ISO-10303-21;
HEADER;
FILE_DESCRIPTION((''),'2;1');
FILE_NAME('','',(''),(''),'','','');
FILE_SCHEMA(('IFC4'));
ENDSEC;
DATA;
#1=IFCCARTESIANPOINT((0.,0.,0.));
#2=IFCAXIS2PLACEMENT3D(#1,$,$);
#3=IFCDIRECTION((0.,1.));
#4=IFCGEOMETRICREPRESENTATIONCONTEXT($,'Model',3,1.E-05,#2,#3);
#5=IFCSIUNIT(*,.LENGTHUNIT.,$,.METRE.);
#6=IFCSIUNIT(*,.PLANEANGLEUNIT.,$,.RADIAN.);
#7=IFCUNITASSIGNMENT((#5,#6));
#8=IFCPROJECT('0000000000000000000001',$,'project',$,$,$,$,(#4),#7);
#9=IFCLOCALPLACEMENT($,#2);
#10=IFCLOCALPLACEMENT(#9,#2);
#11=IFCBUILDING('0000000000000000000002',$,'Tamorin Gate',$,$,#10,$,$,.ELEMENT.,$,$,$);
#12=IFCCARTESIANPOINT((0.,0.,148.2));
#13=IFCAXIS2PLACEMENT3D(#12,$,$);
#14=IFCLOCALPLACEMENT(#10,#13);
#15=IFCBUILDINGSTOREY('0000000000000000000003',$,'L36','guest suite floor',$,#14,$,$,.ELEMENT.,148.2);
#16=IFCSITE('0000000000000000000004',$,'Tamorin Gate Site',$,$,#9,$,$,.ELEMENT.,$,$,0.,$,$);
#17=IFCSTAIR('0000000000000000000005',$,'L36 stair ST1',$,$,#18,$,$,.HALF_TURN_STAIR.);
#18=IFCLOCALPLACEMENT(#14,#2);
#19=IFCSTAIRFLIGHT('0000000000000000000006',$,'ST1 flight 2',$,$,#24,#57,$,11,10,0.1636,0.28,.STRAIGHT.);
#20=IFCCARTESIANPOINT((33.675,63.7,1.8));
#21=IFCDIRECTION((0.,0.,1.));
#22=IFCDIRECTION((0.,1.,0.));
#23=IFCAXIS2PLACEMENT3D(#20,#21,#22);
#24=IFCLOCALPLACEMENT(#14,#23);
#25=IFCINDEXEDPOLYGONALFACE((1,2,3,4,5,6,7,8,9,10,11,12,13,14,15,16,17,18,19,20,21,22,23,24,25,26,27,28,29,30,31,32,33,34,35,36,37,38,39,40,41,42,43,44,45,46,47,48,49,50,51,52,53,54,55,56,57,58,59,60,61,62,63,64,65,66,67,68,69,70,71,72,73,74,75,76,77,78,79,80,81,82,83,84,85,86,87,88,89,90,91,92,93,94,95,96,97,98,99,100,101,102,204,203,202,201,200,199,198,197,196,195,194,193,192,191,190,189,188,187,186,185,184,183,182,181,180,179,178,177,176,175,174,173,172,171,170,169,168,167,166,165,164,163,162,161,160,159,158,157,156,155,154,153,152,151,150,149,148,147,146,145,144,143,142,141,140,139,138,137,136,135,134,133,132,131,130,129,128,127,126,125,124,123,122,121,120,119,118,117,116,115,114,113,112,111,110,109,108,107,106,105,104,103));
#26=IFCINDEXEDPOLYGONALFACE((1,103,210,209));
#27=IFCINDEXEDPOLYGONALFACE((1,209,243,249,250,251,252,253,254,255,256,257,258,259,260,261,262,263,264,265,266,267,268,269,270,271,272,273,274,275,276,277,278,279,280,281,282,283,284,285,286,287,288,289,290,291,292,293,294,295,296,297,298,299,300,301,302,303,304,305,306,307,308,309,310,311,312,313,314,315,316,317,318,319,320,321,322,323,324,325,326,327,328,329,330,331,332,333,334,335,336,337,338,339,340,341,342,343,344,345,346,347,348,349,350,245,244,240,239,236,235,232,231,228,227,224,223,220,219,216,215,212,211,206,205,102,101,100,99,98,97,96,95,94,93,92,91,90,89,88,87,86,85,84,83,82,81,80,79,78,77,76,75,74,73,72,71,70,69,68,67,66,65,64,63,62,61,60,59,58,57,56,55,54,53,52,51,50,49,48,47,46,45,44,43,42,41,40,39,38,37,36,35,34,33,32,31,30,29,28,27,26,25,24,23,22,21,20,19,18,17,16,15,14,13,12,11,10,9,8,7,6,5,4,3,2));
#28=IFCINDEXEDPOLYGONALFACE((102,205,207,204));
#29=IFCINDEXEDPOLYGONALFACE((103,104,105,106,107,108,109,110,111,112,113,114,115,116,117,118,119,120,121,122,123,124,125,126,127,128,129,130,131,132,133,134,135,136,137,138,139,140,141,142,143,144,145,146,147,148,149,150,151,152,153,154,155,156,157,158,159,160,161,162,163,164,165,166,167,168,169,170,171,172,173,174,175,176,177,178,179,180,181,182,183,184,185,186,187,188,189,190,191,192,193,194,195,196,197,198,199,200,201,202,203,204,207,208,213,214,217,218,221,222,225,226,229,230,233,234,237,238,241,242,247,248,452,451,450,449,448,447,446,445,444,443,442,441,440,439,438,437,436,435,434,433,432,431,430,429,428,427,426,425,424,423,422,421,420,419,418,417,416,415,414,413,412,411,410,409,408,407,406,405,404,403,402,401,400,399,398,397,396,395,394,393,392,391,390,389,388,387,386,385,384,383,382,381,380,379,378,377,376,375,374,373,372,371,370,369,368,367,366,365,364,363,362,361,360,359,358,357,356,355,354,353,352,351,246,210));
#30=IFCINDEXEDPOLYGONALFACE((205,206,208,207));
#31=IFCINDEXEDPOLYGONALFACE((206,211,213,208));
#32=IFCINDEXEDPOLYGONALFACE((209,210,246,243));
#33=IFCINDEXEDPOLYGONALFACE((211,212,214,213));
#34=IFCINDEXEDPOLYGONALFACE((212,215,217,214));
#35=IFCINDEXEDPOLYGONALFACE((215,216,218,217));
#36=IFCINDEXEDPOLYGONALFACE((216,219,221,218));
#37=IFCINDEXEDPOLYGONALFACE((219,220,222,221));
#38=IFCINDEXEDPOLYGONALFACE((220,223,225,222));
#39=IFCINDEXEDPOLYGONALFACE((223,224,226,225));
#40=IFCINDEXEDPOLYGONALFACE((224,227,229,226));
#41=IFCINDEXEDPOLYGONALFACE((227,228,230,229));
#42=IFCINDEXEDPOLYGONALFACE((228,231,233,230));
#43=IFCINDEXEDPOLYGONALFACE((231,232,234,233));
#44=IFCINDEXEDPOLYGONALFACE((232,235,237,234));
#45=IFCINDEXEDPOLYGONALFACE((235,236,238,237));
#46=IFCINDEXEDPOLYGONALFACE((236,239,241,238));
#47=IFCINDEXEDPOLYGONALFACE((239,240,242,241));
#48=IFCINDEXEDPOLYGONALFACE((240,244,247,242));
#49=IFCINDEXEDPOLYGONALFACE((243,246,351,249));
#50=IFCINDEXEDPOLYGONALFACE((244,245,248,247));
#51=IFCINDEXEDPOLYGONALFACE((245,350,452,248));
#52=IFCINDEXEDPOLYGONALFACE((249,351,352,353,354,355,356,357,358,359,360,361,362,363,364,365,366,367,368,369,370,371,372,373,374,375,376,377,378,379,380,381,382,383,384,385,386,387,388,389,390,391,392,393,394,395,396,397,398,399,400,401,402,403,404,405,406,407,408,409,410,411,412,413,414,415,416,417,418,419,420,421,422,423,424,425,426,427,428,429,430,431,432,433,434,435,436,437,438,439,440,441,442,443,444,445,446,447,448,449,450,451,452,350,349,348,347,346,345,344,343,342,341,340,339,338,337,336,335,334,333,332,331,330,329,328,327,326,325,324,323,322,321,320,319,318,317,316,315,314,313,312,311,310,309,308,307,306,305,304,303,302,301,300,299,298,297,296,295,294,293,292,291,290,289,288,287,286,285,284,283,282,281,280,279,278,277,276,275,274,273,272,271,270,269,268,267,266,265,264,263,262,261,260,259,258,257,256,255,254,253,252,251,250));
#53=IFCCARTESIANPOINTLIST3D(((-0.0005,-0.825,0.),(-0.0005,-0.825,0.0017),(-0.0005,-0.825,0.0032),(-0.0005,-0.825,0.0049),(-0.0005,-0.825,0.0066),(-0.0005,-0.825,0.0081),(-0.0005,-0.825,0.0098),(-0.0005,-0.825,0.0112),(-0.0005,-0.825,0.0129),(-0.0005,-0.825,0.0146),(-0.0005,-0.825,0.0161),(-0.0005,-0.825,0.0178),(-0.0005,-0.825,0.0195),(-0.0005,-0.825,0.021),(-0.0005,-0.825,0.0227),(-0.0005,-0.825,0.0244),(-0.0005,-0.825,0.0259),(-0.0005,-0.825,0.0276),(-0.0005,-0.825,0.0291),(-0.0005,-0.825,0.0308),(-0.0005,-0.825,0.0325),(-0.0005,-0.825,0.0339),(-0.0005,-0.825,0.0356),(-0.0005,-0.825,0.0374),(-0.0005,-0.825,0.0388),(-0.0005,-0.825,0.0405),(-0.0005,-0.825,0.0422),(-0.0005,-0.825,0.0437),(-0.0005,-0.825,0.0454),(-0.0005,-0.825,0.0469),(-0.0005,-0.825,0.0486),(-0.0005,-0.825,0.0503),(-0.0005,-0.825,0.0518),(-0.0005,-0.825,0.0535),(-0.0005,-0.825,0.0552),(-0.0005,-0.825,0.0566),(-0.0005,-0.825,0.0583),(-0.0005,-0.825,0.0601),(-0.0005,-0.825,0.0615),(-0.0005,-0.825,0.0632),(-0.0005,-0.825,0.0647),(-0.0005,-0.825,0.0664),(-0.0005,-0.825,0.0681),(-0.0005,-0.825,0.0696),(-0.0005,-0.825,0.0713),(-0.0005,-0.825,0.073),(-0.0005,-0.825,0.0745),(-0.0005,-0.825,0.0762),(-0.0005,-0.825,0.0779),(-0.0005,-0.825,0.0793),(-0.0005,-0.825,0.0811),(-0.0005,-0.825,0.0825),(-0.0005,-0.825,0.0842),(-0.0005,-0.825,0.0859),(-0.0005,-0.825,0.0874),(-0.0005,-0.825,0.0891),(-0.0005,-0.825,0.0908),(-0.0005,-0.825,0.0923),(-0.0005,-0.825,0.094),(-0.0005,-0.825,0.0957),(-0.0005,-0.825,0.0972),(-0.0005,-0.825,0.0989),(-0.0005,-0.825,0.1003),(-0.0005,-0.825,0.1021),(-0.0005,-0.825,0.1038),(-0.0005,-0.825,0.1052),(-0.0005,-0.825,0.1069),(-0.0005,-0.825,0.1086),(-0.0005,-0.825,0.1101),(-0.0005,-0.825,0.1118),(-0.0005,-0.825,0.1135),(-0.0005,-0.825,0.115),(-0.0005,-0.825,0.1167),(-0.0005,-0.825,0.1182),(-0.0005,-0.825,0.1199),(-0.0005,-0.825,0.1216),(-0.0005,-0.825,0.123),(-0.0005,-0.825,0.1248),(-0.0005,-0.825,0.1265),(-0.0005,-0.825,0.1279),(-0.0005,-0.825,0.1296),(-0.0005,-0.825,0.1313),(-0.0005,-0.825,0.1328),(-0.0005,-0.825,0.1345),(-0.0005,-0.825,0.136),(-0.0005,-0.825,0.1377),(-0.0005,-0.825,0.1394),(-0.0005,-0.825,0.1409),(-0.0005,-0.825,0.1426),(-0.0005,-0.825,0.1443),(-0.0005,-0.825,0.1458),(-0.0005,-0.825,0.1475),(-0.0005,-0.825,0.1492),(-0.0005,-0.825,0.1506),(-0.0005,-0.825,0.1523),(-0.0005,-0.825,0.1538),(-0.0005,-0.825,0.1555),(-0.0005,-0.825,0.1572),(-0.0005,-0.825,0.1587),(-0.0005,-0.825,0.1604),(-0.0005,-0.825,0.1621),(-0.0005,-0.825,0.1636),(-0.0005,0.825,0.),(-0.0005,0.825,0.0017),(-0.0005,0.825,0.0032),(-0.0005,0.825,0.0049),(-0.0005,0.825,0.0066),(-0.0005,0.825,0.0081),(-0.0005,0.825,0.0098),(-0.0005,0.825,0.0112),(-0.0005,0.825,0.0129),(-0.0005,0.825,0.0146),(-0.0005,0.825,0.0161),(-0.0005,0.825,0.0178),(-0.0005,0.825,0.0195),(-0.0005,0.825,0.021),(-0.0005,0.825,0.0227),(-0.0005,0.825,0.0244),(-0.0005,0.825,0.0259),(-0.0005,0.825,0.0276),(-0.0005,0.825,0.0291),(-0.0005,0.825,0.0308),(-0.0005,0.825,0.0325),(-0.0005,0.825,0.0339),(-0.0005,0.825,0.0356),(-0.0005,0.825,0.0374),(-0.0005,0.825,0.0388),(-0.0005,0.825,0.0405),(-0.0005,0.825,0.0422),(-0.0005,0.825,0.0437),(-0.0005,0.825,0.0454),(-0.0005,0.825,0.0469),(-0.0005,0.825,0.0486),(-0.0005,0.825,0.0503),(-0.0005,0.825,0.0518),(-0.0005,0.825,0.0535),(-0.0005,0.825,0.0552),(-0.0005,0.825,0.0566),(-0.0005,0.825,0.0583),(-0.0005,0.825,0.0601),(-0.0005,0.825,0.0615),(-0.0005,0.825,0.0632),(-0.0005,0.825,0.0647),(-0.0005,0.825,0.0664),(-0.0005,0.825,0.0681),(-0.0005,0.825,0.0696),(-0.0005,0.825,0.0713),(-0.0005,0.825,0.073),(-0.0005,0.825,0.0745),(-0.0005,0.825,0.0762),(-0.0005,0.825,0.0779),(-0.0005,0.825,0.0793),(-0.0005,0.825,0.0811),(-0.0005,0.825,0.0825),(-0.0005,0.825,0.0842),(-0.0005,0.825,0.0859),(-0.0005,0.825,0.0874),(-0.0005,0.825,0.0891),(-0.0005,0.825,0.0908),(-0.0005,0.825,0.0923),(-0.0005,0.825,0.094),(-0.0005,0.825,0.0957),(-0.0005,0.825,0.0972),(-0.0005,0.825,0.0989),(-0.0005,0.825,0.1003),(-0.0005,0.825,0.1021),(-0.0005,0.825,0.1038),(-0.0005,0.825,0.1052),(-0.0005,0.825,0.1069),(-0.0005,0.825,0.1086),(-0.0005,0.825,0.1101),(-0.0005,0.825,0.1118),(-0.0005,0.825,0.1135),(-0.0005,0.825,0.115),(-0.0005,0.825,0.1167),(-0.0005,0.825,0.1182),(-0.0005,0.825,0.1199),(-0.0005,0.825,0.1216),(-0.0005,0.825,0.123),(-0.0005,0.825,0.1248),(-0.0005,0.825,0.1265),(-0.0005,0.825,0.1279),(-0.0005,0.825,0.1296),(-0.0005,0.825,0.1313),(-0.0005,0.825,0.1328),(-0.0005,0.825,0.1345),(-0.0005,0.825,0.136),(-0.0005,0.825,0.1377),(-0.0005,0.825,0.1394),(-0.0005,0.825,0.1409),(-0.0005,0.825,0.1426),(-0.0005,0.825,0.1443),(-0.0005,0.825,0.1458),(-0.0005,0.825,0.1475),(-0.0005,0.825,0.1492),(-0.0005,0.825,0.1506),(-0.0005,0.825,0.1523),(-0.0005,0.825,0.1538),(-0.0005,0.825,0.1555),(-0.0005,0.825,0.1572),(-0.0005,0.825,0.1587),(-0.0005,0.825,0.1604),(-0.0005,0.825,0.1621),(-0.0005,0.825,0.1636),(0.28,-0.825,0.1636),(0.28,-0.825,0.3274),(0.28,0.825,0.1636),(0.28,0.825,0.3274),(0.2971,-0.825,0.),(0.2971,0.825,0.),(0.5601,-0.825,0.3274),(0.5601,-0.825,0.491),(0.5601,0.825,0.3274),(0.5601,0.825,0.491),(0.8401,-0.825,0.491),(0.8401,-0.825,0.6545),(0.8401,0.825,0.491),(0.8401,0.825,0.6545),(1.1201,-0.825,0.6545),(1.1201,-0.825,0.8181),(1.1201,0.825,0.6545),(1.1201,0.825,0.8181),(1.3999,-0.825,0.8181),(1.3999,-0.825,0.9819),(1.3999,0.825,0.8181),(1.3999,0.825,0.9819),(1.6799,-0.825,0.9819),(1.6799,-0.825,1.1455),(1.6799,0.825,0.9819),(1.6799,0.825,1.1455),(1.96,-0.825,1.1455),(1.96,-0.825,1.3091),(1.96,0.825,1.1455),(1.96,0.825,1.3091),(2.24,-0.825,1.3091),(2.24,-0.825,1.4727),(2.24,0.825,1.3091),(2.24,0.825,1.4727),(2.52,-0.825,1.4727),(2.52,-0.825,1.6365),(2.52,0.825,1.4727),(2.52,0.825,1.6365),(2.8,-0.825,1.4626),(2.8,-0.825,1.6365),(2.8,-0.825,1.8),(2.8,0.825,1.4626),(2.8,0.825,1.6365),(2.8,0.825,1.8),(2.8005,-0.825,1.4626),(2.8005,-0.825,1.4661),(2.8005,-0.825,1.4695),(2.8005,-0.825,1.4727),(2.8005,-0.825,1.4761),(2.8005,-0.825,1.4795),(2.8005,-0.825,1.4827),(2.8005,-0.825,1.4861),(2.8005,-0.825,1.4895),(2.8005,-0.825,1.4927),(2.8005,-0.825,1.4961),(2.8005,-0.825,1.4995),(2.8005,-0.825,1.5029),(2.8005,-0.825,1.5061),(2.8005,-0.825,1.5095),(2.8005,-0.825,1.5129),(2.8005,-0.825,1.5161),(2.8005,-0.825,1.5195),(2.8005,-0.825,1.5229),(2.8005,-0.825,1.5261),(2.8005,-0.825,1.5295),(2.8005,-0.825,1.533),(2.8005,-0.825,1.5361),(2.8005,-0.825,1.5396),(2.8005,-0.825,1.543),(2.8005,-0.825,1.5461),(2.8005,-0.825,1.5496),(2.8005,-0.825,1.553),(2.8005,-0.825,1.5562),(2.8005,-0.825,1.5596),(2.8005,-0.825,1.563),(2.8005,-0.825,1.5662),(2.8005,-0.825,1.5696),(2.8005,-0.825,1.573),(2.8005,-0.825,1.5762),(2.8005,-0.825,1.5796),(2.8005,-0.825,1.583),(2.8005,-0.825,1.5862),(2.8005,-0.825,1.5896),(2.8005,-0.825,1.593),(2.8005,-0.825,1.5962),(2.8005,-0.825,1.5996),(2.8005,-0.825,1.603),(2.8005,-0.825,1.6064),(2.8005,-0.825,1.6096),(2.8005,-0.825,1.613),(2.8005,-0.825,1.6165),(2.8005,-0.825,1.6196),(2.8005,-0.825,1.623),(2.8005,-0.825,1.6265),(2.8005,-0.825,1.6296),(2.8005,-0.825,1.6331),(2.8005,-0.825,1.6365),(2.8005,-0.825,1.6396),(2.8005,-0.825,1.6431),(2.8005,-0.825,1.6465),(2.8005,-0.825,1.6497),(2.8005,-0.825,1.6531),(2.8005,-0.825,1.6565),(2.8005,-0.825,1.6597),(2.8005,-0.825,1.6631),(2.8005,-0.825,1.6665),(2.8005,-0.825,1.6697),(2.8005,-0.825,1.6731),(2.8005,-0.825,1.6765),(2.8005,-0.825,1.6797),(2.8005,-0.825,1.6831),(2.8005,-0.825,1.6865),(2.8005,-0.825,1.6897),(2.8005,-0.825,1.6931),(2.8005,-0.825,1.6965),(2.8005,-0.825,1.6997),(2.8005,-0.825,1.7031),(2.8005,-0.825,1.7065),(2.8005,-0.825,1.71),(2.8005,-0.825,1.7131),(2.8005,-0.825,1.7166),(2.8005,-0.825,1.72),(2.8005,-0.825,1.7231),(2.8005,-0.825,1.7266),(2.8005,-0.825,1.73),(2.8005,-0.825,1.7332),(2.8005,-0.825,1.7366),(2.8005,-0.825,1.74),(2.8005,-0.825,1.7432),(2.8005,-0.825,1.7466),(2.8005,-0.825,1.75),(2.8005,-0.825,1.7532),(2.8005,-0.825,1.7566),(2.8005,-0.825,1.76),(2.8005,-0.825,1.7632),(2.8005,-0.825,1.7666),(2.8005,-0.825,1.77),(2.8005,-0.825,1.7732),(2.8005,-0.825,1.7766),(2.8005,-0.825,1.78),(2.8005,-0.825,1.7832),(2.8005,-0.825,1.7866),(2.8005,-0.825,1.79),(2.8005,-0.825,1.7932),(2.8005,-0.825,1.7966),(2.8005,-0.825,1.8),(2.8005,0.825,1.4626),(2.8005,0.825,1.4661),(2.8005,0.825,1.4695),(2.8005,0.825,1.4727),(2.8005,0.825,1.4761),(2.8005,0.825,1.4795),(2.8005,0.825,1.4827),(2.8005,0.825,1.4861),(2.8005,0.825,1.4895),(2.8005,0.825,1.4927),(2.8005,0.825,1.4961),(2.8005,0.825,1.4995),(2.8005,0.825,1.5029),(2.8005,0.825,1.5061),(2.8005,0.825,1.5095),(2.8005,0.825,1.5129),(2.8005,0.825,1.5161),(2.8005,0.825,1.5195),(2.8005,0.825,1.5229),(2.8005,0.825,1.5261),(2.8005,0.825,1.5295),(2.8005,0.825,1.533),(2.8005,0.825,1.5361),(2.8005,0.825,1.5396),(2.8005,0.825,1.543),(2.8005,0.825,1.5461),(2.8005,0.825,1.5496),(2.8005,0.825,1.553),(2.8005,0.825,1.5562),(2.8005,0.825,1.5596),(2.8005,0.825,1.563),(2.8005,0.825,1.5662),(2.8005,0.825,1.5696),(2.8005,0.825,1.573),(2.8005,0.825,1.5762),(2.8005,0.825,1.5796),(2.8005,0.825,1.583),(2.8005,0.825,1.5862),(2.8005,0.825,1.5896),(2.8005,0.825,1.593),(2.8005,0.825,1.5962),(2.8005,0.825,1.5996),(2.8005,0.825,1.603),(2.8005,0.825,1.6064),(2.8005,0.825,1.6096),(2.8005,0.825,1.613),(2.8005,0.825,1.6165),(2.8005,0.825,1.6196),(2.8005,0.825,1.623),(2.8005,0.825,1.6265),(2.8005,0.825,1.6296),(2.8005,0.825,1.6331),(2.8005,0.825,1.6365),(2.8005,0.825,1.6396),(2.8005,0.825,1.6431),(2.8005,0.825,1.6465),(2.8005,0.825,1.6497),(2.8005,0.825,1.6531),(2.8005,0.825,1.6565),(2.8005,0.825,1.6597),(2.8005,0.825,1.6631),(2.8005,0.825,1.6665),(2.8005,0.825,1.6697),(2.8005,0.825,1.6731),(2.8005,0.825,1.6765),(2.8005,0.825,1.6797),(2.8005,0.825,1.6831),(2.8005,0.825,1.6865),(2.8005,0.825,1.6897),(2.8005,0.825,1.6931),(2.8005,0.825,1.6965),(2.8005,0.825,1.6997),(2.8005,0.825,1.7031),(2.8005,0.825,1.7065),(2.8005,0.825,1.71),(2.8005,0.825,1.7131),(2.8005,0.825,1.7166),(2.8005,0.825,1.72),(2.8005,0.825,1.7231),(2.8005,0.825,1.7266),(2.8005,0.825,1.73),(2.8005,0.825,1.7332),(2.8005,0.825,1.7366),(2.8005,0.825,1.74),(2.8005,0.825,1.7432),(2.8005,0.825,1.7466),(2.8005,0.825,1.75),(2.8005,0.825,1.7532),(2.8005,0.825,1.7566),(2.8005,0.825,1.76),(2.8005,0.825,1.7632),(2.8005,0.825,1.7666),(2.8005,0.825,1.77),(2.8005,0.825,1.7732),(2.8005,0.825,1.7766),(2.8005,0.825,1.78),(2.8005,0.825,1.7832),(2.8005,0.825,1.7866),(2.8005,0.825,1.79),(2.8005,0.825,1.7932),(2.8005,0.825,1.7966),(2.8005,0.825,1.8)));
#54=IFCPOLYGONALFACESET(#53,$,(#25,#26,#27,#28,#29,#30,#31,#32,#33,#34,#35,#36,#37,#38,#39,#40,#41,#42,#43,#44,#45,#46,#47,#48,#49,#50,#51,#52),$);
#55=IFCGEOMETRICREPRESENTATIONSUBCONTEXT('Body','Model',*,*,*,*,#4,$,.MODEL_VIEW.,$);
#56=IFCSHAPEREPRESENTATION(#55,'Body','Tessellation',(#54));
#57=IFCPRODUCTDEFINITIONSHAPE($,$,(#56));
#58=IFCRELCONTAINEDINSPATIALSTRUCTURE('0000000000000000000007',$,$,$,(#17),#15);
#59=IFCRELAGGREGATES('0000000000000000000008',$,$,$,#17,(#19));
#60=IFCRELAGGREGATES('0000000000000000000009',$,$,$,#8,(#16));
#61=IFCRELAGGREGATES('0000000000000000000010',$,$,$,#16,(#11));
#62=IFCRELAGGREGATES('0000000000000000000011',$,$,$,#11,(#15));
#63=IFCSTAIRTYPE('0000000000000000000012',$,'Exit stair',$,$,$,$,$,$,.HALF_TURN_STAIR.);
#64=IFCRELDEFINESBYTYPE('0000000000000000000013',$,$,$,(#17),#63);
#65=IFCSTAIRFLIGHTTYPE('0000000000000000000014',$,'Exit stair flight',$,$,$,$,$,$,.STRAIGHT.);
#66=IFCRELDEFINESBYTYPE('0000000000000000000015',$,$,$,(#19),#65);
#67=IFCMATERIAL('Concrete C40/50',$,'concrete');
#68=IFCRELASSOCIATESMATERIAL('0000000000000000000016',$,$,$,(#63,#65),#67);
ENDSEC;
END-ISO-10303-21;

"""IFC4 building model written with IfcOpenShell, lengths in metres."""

from ifc_helpers import new_model, si_unit, direction, frame, origin, place, context, subcontext, project, spatial, polyline, outline, extrude, material, type_object, element, aggregate, save


model = new_model("IFC4")

# Units and contexts
model_context = context("Model", 3, precision=1e-05, world=origin(), true_north=direction((0.0, 1.0)))
body_context = subcontext(model_context, "Body", "Model", "MODEL_VIEW")
ifc_project = project(units=[si_unit("LENGTHUNIT", "METRE"), si_unit("PLANEANGLEUNIT", "RADIAN")], contexts=[model_context])

# Site, building, storey
site_placement = place(None, origin())
site = spatial("IfcSite", under=ifc_project, at=site_placement, Name="Tamorin Gate Site", CompositionType="ELEMENT", RefElevation=0.0)
building_placement = place(site_placement, origin())
building = spatial("IfcBuilding", under=site, at=building_placement, Name="Tamorin Gate", CompositionType="ELEMENT")
storey_placement = place(building_placement, frame((0.0, 0.0, 148.2)))
storey = spatial("IfcBuildingStorey", under=building, at=storey_placement, Name="L36", Description="guest suite floor", CompositionType="ELEMENT", Elevation=148.2)

# Shared definitions
ifc_material_1 = material(Name="Concrete C40/50", Category="concrete")

# Stair, stair flight
stair_type = type_object("IfcStairType", Name="Exit stair", PredefinedType="HALF_TURN_STAIR", material=ifc_material_1)
stair_1_placement = place(storey_placement, origin())
stair_1 = element("IfcStair", 1, at=stair_1_placement, inside=storey, type_object=stair_type, Name="L36 stair ST1", PredefinedType="HALF_TURN_STAIR")
stair_flight_type = type_object("IfcStairFlightType", Name="Exit stair flight", PredefinedType="STRAIGHT", material=ifc_material_1)
stair_flight_1_placement = place(storey_placement, frame((33.675, 63.7, 1.8), z_axis=(0.0, 0.0, 1.0), x_axis=(0.0, 1.0, 0.0)))
stair_flight_1 = element("IfcStairFlight", 2, at=stair_flight_1_placement, type_object=stair_flight_type, Name="ST1 flight 2", NumberOfRisers=11, NumberOfTreads=10, PredefinedType="STRAIGHT", RiserHeight=0.1636, TreadLength=0.28, context=body_context, shape_type="SweptSolid", body=[
    extrude(outline(polyline([(-0.0005, 0.0), (-0.0005, 0.0017), (-0.0005, 0.0032), (-0.0005, 0.0049), (-0.0005, 0.0066), (-0.0005, 0.0081), (-0.0005, 0.0098), (-0.0005, 0.0112), (-0.0005, 0.0129), (-0.0005, 0.0146), (-0.0005, 0.0161), (-0.0005, 0.0178), (-0.0005, 0.0195), (-0.0005, 0.021), (-0.0005, 0.0227), (-0.0005, 0.0244), (-0.0005, 0.0259), (-0.0005, 0.0276), (-0.0005, 0.0291), (-0.0005, 0.0308), (-0.0005, 0.0325), (-0.0005, 0.0339), (-0.0005, 0.0356), (-0.0005, 0.0374), (-0.0005, 0.0388), (-0.0005, 0.0405), (-0.0005, 0.0422), (-0.0005, 0.0437), (-0.0005, 0.0454), (-0.0005, 0.0469), (-0.0005, 0.0486), (-0.0005, 0.0503), (-0.0005, 0.0518), (-0.0005, 0.0535), (-0.0005, 0.0552), (-0.0005, 0.0566), (-0.0005, 0.0583), (-0.0005, 0.0601), (-0.0005, 0.0615), (-0.0005, 0.0632), (-0.0005, 0.0647), (-0.0005, 0.0664), (-0.0005, 0.0681), (-0.0005, 0.0696), (-0.0005, 0.0713), (-0.0005, 0.073), (-0.0005, 0.0745), (-0.0005, 0.0762), (-0.0005, 0.0779), (-0.0005, 0.0793), (-0.0005, 0.0811), (-0.0005, 0.0825), (-0.0005, 0.0842), (-0.0005, 0.0859), (-0.0005, 0.0874), (-0.0005, 0.0891), (-0.0005, 0.0908), (-0.0005, 0.0923), (-0.0005, 0.094), (-0.0005, 0.0957), (-0.0005, 0.0972), (-0.0005, 0.0989), (-0.0005, 0.1003), (-0.0005, 0.1021), (-0.0005, 0.1038), (-0.0005, 0.1052), (-0.0005, 0.1069), (-0.0005, 0.1086), (-0.0005, 0.1101), (-0.0005, 0.1118), (-0.0005, 0.1135), (-0.0005, 0.115), (-0.0005, 0.1167), (-0.0005, 0.1182), (-0.0005, 0.1199), (-0.0005, 0.1216), (-0.0005, 0.123), (-0.0005, 0.1248), (-0.0005, 0.1265), (-0.0005, 0.1279), (-0.0005, 0.1296), (-0.0005, 0.1313), (-0.0005, 0.1328), (-0.0005, 0.1345), (-0.0005, 0.136), (-0.0005, 0.1377), (-0.0005, 0.1394), (-0.0005, 0.1409), (-0.0005, 0.1426), (-0.0005, 0.1443), (-0.0005, 0.1458), (-0.0005, 0.1475), (-0.0005, 0.1492), (-0.0005, 0.1506), (-0.0005, 0.1523), (-0.0005, 0.1538), (-0.0005, 0.1555), (-0.0005, 0.1572), (-0.0005, 0.1587), (-0.0005, 0.1604), (-0.0005, 0.1621), (-0.0005, 0.1636), (0.28, 0.1636), (0.28, 0.3274), (0.5601, 0.3274), (0.5601, 0.491), (0.8401, 0.491), (0.8401, 0.6545), (1.1201, 0.6545), (1.1201, 0.8181), (1.3999, 0.8181), (1.3999, 0.9819), (1.6799, 0.9819), (1.6799, 1.1455), (1.96, 1.1455), (1.96, 1.3091), (2.24, 1.3091), (2.24, 1.4727), (2.52, 1.4727), (2.52, 1.6365), (2.8, 1.6365), (2.8, 1.8), (2.8005, 1.8), (2.8005, 1.7966), (2.8005, 1.7932), (2.8005, 1.79), (2.8005, 1.7866), (2.8005, 1.7832), (2.8005, 1.78), (2.8005, 1.7766), (2.8005, 1.7732), (2.8005, 1.77), (2.8005, 1.7666), (2.8005, 1.7632), (2.8005, 1.76), (2.8005, 1.7566), (2.8005, 1.7532), (2.8005, 1.75), (2.8005, 1.7466), (2.8005, 1.7432), (2.8005, 1.74), (2.8005, 1.7366), (2.8005, 1.7332), (2.8005, 1.73), (2.8005, 1.7266), (2.8005, 1.7231), (2.8005, 1.72), (2.8005, 1.7166), (2.8005, 1.7131), (2.8005, 1.71), (2.8005, 1.7065), (2.8005, 1.7031), (2.8005, 1.6997), (2.8005, 1.6965), (2.8005, 1.6931), (2.8005, 1.6897), (2.8005, 1.6865), (2.8005, 1.6831), (2.8005, 1.6797), (2.8005, 1.6765), (2.8005, 1.6731), (2.8005, 1.6697), (2.8005, 1.6665), (2.8005, 1.6631), (2.8005, 1.6597), (2.8005, 1.6565), (2.8005, 1.6531), (2.8005, 1.6497), (2.8005, 1.6465), (2.8005, 1.6431), (2.8005, 1.6396), (2.8005, 1.6365), (2.8005, 1.6331), (2.8005, 1.6296), (2.8005, 1.6265), (2.8005, 1.623), (2.8005, 1.6196), (2.8005, 1.6165), (2.8005, 1.613), (2.8005, 1.6096), (2.8005, 1.6064), (2.8005, 1.603), (2.8005, 1.5996), (2.8005, 1.5962), (2.8005, 1.593), (2.8005, 1.5896), (2.8005, 1.5862), (2.8005, 1.583), (2.8005, 1.5796), (2.8005, 1.5762), (2.8005, 1.573), (2.8005, 1.5696), (2.8005, 1.5662), (2.8005, 1.563), (2.8005, 1.5596), (2.8005, 1.5562), (2.8005, 1.553), (2.8005, 1.5496), (2.8005, 1.5461), (2.8005, 1.543), (2.8005, 1.5396), (2.8005, 1.5361), (2.8005, 1.533), (2.8005, 1.5295), (2.8005, 1.5261), (2.8005, 1.5229), (2.8005, 1.5195), (2.8005, 1.5161), (2.8005, 1.5129), (2.8005, 1.5095), (2.8005, 1.5061), (2.8005, 1.5029), (2.8005, 1.4995), (2.8005, 1.4961), (2.8005, 1.4927), (2.8005, 1.4895), (2.8005, 1.4861), (2.8005, 1.4827), (2.8005, 1.4795), (2.8005, 1.4761), (2.8005, 1.4727), (2.8005, 1.4695), (2.8005, 1.4661), (2.8005, 1.4626), (2.8, 1.4626), (0.2971, 0.0), (-0.0005, 0.0)])), frame((0.0, 0.825, 0.0), z_axis=(0.0, -1.0, 0.0), x_axis=(1.0, 0.0, 0.0)), (0.0, 0.0, 1.0), 1.6499),
])
aggregate(stair_1, [stair_flight_1])

save(model, "model.ifc")
